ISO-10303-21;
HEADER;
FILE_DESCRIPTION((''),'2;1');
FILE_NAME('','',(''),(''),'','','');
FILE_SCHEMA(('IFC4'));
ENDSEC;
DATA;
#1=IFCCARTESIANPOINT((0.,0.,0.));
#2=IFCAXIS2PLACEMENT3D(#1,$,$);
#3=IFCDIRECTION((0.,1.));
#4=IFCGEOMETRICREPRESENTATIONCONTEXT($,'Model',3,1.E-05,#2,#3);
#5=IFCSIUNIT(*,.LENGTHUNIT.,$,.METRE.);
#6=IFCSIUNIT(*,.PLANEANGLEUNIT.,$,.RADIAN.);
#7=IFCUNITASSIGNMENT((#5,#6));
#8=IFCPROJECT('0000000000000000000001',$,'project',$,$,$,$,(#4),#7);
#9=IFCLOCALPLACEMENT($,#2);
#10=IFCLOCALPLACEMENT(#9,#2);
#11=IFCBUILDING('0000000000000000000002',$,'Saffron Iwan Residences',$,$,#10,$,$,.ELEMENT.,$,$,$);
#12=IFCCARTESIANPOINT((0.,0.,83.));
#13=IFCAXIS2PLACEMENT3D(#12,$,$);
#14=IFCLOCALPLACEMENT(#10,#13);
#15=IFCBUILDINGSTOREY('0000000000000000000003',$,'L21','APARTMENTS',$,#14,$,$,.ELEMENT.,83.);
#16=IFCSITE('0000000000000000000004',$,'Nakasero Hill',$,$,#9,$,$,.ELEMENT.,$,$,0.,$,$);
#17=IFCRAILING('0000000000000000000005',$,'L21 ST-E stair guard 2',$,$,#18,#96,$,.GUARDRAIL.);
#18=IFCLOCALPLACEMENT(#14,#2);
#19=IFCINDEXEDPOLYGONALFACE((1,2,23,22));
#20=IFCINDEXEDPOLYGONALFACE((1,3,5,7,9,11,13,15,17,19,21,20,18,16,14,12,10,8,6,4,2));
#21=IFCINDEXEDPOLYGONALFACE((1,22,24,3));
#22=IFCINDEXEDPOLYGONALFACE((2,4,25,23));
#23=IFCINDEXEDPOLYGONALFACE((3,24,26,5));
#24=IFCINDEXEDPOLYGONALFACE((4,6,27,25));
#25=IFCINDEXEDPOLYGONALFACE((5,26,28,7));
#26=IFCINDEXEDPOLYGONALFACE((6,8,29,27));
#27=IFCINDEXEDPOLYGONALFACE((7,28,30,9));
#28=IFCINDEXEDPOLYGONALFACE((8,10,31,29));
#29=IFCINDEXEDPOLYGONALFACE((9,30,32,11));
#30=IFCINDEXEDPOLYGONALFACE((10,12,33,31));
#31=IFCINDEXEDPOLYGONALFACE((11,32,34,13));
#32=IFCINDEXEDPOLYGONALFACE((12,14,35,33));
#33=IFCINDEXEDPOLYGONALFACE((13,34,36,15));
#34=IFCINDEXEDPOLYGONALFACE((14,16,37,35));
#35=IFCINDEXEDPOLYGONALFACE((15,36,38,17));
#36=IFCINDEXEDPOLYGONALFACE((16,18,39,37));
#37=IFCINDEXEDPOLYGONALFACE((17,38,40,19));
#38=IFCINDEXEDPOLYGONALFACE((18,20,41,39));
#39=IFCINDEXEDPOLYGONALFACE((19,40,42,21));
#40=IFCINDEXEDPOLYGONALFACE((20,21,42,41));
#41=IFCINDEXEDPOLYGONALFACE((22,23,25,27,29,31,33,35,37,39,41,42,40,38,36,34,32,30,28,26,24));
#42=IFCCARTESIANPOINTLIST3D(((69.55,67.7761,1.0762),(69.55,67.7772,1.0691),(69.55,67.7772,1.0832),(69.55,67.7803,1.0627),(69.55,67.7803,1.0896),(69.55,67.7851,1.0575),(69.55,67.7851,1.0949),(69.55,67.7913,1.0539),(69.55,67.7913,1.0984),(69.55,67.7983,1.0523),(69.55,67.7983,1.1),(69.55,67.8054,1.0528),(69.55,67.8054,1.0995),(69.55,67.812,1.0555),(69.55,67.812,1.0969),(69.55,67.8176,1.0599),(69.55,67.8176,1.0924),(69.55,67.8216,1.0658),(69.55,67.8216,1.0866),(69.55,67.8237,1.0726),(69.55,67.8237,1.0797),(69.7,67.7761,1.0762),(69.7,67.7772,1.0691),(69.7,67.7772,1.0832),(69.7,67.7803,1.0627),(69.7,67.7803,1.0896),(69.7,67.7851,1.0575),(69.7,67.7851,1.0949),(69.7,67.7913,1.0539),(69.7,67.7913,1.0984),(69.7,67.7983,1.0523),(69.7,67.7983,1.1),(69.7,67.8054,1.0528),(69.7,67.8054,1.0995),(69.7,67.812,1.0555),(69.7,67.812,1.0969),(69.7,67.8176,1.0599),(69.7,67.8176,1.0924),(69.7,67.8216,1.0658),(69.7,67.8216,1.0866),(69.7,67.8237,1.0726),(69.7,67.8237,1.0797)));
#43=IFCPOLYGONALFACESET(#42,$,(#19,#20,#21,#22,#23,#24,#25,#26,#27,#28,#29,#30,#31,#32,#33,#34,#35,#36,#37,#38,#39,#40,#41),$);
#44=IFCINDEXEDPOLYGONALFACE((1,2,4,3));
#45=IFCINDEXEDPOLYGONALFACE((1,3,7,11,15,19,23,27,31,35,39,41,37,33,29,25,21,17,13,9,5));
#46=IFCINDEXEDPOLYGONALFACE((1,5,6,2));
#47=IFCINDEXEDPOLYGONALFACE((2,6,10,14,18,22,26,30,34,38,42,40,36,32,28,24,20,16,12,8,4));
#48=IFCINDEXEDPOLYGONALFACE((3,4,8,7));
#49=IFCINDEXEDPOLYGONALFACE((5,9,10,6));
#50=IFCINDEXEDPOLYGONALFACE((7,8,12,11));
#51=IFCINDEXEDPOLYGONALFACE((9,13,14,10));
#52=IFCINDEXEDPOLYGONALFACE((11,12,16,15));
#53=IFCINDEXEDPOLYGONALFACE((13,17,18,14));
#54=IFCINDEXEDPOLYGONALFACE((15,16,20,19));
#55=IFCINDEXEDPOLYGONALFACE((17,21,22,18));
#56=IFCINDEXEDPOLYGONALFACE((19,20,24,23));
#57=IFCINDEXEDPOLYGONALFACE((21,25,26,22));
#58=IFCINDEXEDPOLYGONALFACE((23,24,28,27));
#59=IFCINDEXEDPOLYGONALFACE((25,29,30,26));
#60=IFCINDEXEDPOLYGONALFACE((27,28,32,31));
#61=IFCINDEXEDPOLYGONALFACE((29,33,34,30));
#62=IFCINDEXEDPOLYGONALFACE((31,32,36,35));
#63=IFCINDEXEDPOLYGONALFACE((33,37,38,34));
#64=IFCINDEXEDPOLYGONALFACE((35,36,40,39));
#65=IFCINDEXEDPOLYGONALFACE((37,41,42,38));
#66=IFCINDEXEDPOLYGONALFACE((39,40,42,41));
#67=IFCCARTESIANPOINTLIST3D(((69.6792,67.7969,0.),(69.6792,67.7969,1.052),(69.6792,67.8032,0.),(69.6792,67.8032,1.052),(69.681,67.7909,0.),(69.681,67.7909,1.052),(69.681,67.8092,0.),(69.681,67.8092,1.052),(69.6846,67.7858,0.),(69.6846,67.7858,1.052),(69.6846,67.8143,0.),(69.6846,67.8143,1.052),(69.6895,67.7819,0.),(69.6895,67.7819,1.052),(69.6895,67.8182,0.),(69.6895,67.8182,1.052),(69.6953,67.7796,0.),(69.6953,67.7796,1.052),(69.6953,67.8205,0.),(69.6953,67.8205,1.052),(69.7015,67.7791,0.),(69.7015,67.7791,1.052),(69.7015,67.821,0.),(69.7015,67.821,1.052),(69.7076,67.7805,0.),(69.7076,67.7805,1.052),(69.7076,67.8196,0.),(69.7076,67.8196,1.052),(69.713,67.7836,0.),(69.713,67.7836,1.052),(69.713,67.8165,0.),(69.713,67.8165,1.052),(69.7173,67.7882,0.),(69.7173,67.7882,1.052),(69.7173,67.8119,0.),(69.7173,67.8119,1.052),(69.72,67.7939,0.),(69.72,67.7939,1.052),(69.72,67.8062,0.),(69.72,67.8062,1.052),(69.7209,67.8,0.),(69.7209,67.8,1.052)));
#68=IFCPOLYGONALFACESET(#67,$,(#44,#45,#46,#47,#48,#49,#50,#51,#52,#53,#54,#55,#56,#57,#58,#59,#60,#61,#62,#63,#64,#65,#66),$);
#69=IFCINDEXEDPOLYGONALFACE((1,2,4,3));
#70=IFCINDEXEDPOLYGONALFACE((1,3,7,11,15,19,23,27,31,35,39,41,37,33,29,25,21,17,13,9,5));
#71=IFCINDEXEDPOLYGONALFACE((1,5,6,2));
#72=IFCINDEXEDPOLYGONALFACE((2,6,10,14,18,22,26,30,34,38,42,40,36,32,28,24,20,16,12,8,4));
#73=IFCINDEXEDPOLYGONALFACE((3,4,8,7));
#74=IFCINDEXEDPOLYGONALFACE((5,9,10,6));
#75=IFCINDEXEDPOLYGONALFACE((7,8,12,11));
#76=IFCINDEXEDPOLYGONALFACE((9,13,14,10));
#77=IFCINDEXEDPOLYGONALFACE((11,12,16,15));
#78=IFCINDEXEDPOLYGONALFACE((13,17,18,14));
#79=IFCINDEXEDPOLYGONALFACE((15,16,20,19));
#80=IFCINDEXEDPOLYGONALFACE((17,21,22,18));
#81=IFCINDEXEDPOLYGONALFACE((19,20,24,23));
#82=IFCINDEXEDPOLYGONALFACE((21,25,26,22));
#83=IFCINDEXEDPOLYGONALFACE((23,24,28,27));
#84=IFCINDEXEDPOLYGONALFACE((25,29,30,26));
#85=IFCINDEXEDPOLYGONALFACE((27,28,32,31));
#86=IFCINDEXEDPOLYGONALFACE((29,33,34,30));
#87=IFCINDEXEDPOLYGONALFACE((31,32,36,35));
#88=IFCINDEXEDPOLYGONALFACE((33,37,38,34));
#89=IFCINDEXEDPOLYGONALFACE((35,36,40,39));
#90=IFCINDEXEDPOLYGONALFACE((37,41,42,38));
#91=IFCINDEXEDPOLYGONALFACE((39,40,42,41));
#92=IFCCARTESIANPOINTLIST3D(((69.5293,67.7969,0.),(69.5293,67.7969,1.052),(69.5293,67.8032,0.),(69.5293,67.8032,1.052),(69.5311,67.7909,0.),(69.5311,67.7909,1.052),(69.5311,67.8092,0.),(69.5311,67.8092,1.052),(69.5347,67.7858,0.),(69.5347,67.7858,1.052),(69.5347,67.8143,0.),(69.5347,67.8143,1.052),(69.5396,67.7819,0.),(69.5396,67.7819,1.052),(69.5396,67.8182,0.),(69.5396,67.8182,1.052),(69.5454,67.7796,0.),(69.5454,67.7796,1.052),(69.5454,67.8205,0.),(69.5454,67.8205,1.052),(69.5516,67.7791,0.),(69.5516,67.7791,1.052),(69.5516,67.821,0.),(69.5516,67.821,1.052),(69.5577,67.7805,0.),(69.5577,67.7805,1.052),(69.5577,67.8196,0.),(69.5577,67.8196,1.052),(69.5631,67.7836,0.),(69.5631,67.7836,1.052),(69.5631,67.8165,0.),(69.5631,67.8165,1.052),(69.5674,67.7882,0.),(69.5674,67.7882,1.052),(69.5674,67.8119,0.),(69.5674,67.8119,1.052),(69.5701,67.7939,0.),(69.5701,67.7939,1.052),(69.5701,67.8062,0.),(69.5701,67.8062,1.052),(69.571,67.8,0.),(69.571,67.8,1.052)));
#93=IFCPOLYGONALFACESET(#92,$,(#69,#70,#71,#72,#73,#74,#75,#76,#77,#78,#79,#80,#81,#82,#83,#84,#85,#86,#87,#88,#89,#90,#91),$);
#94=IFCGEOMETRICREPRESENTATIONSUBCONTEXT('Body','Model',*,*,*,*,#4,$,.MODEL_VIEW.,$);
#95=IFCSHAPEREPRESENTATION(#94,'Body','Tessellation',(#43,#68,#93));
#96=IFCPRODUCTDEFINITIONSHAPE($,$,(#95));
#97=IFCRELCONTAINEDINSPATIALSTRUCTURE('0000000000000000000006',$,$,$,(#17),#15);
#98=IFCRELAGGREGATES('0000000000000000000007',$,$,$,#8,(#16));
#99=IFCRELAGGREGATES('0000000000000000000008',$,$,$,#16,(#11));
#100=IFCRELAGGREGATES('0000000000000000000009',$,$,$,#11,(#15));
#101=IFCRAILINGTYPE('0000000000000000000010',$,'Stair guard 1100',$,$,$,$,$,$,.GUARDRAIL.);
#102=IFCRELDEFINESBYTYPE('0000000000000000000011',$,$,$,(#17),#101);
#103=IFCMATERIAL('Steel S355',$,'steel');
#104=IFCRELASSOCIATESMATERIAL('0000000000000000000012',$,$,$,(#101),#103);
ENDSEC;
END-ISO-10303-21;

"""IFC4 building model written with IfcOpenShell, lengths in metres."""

from ifc_helpers import new_model, si_unit, direction, frame, origin, origin_2d, place, context, subcontext, project, spatial, circle, extrude, material, type_object, element, save


model = new_model("IFC4")

# Units and contexts
model_context = context("Model", 3, precision=1e-05, world=origin(), true_north=direction((0.0, 1.0)))
body_context = subcontext(model_context, "Body", "Model", "MODEL_VIEW")
ifc_project = project(units=[si_unit("LENGTHUNIT", "METRE"), si_unit("PLANEANGLEUNIT", "RADIAN")], contexts=[model_context])

# Site, building, storey
site_placement = place(None, origin())
site = spatial("IfcSite", under=ifc_project, at=site_placement, Name="Nakasero Hill", CompositionType="ELEMENT", RefElevation=0.0)
building_placement = place(site_placement, origin())
building = spatial("IfcBuilding", under=site, at=building_placement, Name="Saffron Iwan Residences", CompositionType="ELEMENT")
storey_placement = place(building_placement, frame((0.0, 0.0, 83.0)))
storey = spatial("IfcBuildingStorey", under=building, at=storey_placement, Name="L21", Description="APARTMENTS", CompositionType="ELEMENT", Elevation=83.0)

# Railing
ifc_material_1 = material(Name="Steel S355", Category="steel")
railing_type_1 = type_object("IfcRailingType", Name="Stair guard 1100", PredefinedType="GUARDRAIL", material=ifc_material_1)
railing_1_placement = place(storey_placement, frame((69.7, 67.8, 0.0)))
element("IfcRailing", 1, at=railing_1_placement, inside=storey, type_object=railing_type_1, Name="L21 ST-E stair guard 2", PredefinedType="GUARDRAIL", context=body_context, shape_type="SweptSolid", body=[
    extrude(circle(Radius=0.0239, at=origin_2d()), frame((0.0, 0.0, 1.0762), z_axis=(-1.0, 0.0, 0.0), x_axis=(0.0, -1.0, 0.0)), (0.0, 0.0, 1.0), 0.1499),
    extrude(circle(Radius=0.021, at=origin_2d()), origin(), (0.0, 0.0, 1.0), 1.052),
    extrude(circle(Radius=0.021, at=origin_2d()), frame((-0.1499, 0.0, 0.0)), (0.0, 0.0, 1.0), 1.052),
])

save(model, "model.ifc")
